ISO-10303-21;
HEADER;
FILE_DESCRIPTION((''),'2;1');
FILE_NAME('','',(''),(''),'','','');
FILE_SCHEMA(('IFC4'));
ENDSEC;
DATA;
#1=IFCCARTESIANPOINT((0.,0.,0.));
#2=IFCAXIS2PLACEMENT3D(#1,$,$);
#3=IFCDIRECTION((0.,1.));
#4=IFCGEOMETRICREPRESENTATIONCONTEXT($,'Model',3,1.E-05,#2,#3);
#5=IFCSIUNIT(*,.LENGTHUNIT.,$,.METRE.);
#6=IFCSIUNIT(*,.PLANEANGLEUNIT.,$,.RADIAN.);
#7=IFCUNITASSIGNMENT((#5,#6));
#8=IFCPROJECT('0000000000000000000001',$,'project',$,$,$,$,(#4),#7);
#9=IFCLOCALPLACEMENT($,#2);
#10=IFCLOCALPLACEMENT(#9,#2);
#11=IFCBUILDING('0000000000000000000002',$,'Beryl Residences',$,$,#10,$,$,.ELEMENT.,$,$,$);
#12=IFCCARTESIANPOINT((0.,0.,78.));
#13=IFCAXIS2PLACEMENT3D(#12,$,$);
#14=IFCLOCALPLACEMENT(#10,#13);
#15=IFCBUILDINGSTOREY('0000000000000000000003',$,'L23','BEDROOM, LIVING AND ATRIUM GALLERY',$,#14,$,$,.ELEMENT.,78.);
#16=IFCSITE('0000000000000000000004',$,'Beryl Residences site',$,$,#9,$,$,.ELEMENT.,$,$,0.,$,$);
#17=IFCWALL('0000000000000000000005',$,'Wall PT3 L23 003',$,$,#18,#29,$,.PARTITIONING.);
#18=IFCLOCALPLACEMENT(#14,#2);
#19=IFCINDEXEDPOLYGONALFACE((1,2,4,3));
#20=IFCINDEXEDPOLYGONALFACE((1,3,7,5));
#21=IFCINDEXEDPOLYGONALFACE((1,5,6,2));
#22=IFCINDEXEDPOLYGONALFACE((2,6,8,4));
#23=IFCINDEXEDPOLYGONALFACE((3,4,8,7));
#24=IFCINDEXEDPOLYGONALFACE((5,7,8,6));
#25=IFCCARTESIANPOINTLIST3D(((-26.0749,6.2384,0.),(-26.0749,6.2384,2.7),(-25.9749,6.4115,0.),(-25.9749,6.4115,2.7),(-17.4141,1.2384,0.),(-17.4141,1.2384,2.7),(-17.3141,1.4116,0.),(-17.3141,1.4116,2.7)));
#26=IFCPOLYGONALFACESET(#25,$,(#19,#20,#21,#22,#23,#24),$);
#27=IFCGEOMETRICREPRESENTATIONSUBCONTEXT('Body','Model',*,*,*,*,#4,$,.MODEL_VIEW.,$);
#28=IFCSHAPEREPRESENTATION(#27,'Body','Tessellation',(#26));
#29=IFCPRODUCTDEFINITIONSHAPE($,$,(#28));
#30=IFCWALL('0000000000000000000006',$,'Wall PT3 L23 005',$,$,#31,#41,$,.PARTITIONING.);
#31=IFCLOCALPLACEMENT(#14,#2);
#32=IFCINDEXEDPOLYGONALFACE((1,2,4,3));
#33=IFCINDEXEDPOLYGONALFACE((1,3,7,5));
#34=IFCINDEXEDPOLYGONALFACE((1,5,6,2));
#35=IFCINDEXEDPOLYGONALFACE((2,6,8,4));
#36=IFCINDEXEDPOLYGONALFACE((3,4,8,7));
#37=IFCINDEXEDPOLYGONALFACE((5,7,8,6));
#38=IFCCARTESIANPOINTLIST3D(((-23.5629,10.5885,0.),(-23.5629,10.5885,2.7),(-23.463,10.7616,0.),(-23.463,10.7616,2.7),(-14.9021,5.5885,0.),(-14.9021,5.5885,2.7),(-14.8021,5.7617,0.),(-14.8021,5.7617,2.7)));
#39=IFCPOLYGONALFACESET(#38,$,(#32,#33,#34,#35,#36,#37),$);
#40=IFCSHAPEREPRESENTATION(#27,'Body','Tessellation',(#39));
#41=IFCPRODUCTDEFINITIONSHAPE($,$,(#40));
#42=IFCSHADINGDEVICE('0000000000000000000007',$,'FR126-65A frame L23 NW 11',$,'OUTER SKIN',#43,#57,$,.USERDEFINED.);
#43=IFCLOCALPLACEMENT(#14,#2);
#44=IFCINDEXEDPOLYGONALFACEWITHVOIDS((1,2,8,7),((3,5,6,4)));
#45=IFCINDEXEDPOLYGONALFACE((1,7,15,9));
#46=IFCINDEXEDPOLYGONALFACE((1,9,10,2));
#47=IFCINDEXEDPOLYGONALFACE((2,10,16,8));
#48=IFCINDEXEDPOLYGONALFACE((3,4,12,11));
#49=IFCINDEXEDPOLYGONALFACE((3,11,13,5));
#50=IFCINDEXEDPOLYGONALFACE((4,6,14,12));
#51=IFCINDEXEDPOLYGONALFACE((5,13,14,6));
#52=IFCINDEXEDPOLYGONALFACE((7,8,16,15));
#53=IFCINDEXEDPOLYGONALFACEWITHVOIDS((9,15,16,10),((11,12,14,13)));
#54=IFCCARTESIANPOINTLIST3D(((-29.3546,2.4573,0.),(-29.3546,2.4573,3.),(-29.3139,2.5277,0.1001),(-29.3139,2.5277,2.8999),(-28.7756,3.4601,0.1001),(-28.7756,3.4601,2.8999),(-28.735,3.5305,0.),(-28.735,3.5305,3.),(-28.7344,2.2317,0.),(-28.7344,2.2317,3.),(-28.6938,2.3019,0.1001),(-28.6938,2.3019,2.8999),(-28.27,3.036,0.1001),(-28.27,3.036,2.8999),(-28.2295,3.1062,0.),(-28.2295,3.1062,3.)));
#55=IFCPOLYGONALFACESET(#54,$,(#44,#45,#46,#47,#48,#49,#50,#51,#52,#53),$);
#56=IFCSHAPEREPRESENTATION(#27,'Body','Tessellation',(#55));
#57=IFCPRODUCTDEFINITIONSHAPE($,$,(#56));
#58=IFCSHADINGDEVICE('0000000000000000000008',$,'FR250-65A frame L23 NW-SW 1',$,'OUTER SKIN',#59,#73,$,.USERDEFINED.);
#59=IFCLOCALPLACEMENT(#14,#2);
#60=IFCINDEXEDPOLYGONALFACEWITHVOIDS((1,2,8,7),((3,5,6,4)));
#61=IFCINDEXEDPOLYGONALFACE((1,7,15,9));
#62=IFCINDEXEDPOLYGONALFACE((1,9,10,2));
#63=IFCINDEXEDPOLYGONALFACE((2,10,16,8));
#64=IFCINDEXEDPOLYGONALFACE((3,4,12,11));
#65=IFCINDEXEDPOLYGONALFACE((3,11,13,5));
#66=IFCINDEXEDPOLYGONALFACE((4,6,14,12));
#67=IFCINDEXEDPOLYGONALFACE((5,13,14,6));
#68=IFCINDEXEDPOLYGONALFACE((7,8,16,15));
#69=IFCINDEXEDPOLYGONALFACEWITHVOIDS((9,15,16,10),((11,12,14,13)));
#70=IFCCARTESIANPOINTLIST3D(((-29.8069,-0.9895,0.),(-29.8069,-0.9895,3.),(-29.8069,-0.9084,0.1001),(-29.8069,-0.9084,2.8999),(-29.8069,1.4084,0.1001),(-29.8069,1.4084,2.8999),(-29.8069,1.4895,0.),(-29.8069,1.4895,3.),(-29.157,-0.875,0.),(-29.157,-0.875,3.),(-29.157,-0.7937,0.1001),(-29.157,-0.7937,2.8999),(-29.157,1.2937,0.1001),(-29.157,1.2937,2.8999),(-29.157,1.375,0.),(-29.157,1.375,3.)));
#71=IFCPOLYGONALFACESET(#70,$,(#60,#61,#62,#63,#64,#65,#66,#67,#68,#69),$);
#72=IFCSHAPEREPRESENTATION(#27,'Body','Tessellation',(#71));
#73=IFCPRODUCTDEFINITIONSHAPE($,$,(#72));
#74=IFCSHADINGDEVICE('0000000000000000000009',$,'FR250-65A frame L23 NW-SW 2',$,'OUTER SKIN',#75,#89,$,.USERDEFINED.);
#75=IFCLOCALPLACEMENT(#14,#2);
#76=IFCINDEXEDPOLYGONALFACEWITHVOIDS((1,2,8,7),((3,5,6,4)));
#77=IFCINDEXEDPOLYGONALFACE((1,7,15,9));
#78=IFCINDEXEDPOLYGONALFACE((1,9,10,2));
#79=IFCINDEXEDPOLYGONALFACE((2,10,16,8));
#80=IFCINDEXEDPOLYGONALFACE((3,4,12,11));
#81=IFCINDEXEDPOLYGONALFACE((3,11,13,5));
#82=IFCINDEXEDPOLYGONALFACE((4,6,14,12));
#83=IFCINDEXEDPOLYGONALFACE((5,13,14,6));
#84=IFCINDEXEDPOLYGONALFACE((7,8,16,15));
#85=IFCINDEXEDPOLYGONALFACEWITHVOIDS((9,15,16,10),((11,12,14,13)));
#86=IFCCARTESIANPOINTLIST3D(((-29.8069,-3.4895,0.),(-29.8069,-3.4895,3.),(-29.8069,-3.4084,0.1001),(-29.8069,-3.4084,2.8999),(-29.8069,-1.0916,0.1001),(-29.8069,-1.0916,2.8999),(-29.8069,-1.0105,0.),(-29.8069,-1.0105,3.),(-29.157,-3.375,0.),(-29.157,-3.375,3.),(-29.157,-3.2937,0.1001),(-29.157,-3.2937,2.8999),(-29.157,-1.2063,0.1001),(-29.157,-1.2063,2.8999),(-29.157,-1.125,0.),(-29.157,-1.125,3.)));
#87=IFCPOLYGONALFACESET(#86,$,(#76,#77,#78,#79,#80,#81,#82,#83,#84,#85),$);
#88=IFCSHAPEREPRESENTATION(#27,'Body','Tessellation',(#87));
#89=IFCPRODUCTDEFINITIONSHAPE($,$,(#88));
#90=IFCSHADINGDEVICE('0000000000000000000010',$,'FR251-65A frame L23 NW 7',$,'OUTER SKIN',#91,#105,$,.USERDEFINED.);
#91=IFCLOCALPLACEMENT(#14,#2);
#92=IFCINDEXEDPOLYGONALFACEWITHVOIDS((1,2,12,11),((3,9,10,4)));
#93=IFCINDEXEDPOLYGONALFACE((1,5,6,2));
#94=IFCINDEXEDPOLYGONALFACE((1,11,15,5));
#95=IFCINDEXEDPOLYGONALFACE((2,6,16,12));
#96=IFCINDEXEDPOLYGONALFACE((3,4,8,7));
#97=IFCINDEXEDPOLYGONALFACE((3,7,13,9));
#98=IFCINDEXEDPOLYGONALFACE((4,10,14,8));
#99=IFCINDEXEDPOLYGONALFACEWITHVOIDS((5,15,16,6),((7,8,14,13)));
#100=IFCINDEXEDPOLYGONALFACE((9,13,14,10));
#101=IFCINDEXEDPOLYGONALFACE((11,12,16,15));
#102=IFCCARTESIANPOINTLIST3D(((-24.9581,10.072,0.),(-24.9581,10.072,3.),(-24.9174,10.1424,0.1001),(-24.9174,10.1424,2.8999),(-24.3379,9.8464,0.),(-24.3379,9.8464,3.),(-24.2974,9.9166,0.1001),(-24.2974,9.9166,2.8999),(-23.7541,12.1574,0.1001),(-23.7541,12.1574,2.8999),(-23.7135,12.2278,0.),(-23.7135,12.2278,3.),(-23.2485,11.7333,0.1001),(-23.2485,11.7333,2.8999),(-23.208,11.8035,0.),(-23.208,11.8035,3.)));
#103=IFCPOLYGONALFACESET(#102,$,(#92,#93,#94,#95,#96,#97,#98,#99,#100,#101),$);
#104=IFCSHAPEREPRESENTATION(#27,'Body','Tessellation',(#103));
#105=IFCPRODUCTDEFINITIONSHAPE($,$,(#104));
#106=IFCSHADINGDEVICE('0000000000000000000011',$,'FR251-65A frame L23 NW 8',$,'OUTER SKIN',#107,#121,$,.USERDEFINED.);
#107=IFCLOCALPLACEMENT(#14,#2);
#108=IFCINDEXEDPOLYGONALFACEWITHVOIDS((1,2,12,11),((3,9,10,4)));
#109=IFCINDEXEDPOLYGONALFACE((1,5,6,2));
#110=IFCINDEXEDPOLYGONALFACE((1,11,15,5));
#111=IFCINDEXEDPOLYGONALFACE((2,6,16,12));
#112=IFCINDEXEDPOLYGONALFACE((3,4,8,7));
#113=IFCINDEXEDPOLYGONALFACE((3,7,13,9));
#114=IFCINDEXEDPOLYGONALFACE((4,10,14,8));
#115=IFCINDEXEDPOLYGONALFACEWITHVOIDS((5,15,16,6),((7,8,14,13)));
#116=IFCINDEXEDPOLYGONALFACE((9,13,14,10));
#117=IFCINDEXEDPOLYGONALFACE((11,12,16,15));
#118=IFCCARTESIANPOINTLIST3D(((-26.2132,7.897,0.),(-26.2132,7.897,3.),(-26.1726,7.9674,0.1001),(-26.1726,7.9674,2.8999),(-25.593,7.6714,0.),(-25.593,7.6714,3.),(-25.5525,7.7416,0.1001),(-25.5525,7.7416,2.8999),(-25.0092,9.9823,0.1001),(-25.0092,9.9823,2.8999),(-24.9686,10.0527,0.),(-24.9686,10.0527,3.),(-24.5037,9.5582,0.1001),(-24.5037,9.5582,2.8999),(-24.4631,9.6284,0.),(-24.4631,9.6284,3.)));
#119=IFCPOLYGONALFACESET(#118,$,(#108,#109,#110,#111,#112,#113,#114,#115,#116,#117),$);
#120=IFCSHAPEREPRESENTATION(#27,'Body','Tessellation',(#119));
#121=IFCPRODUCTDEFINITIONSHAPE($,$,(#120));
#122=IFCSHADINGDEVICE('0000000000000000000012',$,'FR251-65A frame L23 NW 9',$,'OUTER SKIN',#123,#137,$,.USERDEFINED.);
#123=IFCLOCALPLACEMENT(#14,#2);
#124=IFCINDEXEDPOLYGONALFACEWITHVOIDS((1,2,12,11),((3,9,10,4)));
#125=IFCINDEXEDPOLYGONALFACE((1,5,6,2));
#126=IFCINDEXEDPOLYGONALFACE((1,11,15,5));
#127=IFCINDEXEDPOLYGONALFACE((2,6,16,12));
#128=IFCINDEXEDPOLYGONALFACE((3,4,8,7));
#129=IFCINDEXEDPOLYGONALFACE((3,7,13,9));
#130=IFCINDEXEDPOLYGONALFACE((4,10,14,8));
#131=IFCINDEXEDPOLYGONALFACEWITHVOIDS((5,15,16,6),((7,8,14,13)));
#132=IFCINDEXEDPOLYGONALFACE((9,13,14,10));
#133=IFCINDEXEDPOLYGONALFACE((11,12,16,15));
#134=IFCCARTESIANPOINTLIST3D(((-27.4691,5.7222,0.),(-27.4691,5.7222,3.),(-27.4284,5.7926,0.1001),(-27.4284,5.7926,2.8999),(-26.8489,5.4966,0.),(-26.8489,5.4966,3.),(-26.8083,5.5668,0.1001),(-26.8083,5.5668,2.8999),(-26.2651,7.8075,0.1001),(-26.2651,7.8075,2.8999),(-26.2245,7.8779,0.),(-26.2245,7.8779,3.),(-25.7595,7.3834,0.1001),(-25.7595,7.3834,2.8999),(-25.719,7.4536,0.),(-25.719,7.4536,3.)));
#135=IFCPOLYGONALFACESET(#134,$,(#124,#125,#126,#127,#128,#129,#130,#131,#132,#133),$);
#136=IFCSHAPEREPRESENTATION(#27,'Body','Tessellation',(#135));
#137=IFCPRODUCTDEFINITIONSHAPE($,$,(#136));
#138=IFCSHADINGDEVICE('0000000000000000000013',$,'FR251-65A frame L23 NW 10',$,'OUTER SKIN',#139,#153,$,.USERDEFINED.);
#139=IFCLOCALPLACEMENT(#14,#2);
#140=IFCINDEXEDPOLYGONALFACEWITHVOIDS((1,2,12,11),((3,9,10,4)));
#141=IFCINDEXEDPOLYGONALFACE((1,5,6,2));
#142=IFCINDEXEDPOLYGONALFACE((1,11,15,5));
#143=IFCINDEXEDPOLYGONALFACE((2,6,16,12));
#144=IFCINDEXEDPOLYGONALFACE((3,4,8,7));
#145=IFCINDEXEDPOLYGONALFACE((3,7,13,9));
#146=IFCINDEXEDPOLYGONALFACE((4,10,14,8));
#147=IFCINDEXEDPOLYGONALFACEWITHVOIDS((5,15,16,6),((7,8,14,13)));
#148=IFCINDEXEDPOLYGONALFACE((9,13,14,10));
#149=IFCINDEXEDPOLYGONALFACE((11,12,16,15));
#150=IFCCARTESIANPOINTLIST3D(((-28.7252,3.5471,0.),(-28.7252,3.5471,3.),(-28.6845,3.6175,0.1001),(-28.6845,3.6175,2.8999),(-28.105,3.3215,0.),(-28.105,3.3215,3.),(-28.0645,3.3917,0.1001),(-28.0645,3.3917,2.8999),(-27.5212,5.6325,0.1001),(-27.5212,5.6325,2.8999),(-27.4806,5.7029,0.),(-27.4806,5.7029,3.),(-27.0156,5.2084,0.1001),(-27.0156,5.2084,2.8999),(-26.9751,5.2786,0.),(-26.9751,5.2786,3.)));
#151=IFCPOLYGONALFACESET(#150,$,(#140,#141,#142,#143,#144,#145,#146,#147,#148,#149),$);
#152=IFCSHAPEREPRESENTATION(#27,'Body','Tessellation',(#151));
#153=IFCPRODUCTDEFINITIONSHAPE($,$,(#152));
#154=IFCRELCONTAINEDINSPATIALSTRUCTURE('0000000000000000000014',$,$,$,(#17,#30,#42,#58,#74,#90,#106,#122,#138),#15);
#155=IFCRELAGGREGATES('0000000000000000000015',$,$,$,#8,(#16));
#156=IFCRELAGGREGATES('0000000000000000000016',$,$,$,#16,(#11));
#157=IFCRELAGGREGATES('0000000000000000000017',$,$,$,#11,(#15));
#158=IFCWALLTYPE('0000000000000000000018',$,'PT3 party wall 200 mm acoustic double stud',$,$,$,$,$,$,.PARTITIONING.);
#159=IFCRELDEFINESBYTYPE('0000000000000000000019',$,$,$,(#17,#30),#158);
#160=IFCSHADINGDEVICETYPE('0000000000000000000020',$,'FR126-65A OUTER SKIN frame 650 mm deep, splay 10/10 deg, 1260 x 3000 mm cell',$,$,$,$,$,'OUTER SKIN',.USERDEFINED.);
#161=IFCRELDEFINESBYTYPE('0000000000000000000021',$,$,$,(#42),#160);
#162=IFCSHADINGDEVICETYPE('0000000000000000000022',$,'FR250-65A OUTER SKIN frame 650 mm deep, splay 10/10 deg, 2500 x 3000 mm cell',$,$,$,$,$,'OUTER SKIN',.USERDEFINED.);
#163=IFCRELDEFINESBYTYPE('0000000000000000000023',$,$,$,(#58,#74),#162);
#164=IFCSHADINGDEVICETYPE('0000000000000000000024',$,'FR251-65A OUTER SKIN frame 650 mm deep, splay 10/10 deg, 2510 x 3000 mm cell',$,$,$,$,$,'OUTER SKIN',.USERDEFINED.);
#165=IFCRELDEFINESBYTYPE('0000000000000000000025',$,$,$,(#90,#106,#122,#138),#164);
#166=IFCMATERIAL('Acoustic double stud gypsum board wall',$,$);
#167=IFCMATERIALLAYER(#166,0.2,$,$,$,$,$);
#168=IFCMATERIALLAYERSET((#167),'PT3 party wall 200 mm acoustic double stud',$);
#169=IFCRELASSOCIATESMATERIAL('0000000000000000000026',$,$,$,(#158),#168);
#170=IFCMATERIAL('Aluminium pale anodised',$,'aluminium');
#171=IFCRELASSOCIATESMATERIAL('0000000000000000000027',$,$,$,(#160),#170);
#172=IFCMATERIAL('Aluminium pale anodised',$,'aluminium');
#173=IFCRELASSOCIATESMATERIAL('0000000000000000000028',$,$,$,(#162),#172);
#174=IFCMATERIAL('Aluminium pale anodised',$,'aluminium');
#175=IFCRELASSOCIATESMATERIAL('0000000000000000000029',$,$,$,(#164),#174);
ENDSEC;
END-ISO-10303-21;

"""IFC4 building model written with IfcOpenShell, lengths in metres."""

from ifc_helpers import new_model, entity, si_unit, direction, frame, frame_2d, origin, place, context, subcontext, project, spatial, rectangle, extrude, source, transform, mapped, material, layer, layer_set, type_object, type_shapes, element, save


model = new_model("IFC4")

# Units and contexts
model_context = context("Model", 3, precision=1e-05, world=origin(), true_north=direction((0.0, 1.0)))
body_context = subcontext(model_context, "Body", "Model", "MODEL_VIEW")
ifc_project = project(units=[si_unit("LENGTHUNIT", "METRE"), si_unit("PLANEANGLEUNIT", "RADIAN")], contexts=[model_context])

# Site, building, storey
site_placement = place(None, origin())
site = spatial("IfcSite", under=ifc_project, at=site_placement, Name="Beryl Residences site", CompositionType="ELEMENT", RefElevation=0.0)
building_placement = place(site_placement, origin())
building = spatial("IfcBuilding", under=site, at=building_placement, Name="Beryl Residences", CompositionType="ELEMENT")
storey_placement = place(building_placement, frame((0.0, 0.0, 78.0)))
storey = spatial("IfcBuildingStorey", under=building, at=storey_placement, Name="L23", Description="BEDROOM, LIVING AND ATRIUM GALLERY", CompositionType="ELEMENT", Elevation=78.0)

# Walls
ifc_material_1 = material(Name="Acoustic double stud gypsum board wall")
ifc_layer_1 = layer(ifc_material_1, 0.2)
ifc_layer_set_1 = layer_set([ifc_layer_1], Name="PT3 party wall 200 mm acoustic double stud")
wall_type_1 = type_object("IfcWallType", Name="PT3 party wall 200 mm acoustic double stud", PredefinedType="PARTITIONING", material=ifc_layer_set_1)
for number, where, z_axis, x_axis, name in (
    (1, (-26.0249, 6.325, 0.0), (0.0, 0.0, 1.0), (0.866041, -0.499973, 0.0), "Wall PT3 L23 003"),
    (2, (-23.5129, 10.675, 0.0), (0.0, 0.0, 1.0), (0.866041, -0.499973, 0.0), "Wall PT3 L23 005"),
):
    element("IfcWall", number, at=place(storey_placement, frame(where, z_axis=z_axis, x_axis=x_axis)), inside=storey, type_object=wall_type_1, Name=name, PredefinedType="PARTITIONING", context=body_context, shape_type="SweptSolid", body=[
        extrude(rectangle(XDim=10.0005, YDim=0.2, at=frame_2d((5.0002, 0.0))), origin(), (0.0, 0.0, 1.0), 2.7),
    ])

# Shading devices
ifc_material_2 = material(Name="Aluminium pale anodised", Category="aluminium")
shading_device_type_1 = type_object("IfcShadingDeviceType", Name="FR126-65A OUTER SKIN frame 650 mm deep, splay 10/10 deg, 1260 x 3000 mm cell", ElementType="OUTER SKIN", PredefinedType="USERDEFINED", material=ifc_material_2)
cartesian_point_1 = entity("IfcCartesianPoint", [-0.5049, 0.0])
cartesian_point_2 = entity("IfcCartesianPoint", [-0.4238, 0.1001])
cartesian_point_3 = entity("IfcCartesianPoint", [-0.6196, 0.0])
cartesian_point_4 = entity("IfcCartesianPoint", [-0.5383, 0.1001])
shared_shape_1 = source(origin(), body_context, "Body", "SweptSolid", [
    entity("IfcExtrudedAreaSolidTapered", entity("IfcArbitraryProfileDefWithVoids", "AREA", None, entity("IfcPolyline", [cartesian_point_1, entity("IfcCartesianPoint", [0.5049, 0.0]), entity("IfcCartesianPoint", [0.5049, 3.0]), entity("IfcCartesianPoint", [-0.5049, 3.0]), cartesian_point_1]), [entity("IfcPolyline", [cartesian_point_2, entity("IfcCartesianPoint", [0.4238, 0.1001]), entity("IfcCartesianPoint", [0.4238, 2.8999]), entity("IfcCartesianPoint", [-0.4238, 2.8999]), cartesian_point_2])]), entity("IfcAxis2Placement3D", entity("IfcCartesianPoint", [0.0, 0.0, 0.0]), entity("IfcDirection", [0.0, 1.0, 0.0]), entity("IfcDirection", [-1.0, 0.0, 0.0])), entity("IfcDirection", [0.0, 0.0, 1.0]), 0.6499, entity("IfcArbitraryProfileDefWithVoids", "AREA", None, entity("IfcPolyline", [cartesian_point_3, entity("IfcCartesianPoint", [0.6196, 0.0]), entity("IfcCartesianPoint", [0.6196, 3.0]), entity("IfcCartesianPoint", [-0.6196, 3.0]), cartesian_point_3]), [entity("IfcPolyline", [cartesian_point_4, entity("IfcCartesianPoint", [0.5383, 0.1001]), entity("IfcCartesianPoint", [0.5383, 2.8999]), entity("IfcCartesianPoint", [-0.5383, 2.8999]), cartesian_point_4])])),
])
type_shapes(shading_device_type_1, [shared_shape_1])
shading_device_placement = place(storey_placement, frame((-28.4819, 2.6689, 0.0), z_axis=(0.0, 0.0, 1.0), x_axis=(0.5, 0.866025, 0.0)))
element("IfcShadingDevice", 3, at=shading_device_placement, inside=storey, type_object=shading_device_type_1, Name="FR126-65A frame L23 NW 11", ObjectType="OUTER SKIN", PredefinedType="USERDEFINED", context=body_context, shape_type="MappedRepresentation", body=[
    mapped(shared_shape_1, transform((0.0, 0.0, 0.0))),
])
ifc_material_3 = material(Name="Aluminium pale anodised", Category="aluminium")
shading_device_type_2 = type_object("IfcShadingDeviceType", Name="FR250-65A OUTER SKIN frame 650 mm deep, splay 10/10 deg, 2500 x 3000 mm cell", ElementType="OUTER SKIN", PredefinedType="USERDEFINED", material=ifc_material_3)
cartesian_point_5 = entity("IfcCartesianPoint", [-1.125, 0.0])
cartesian_point_6 = entity("IfcCartesianPoint", [-1.0437, 0.1001])
cartesian_point_7 = entity("IfcCartesianPoint", [-1.2395, 0.0])
cartesian_point_8 = entity("IfcCartesianPoint", [-1.1584, 0.1001])
shared_shape_2 = source(origin(), body_context, "Body", "SweptSolid", [
    entity("IfcExtrudedAreaSolidTapered", entity("IfcArbitraryProfileDefWithVoids", "AREA", None, entity("IfcPolyline", [cartesian_point_5, entity("IfcCartesianPoint", [1.125, 0.0]), entity("IfcCartesianPoint", [1.125, 3.0]), entity("IfcCartesianPoint", [-1.125, 3.0]), cartesian_point_5]), [entity("IfcPolyline", [cartesian_point_6, entity("IfcCartesianPoint", [1.0437, 0.1001]), entity("IfcCartesianPoint", [1.0437, 2.8999]), entity("IfcCartesianPoint", [-1.0437, 2.8999]), cartesian_point_6])]), entity("IfcAxis2Placement3D", entity("IfcCartesianPoint", [0.0, 0.0, 0.0]), entity("IfcDirection", [0.0, 1.0, 0.0]), entity("IfcDirection", [-1.0, 0.0, 0.0])), entity("IfcDirection", [0.0, 0.0, 1.0]), 0.6499, entity("IfcArbitraryProfileDefWithVoids", "AREA", None, entity("IfcPolyline", [cartesian_point_7, entity("IfcCartesianPoint", [1.2395, 0.0]), entity("IfcCartesianPoint", [1.2395, 3.0]), entity("IfcCartesianPoint", [-1.2395, 3.0]), cartesian_point_7]), [entity("IfcPolyline", [cartesian_point_8, entity("IfcCartesianPoint", [1.1584, 0.1001]), entity("IfcCartesianPoint", [1.1584, 2.8999]), entity("IfcCartesianPoint", [-1.1584, 2.8999]), cartesian_point_8])])),
])
type_shapes(shading_device_type_2, [shared_shape_2])
for number, where, z_axis, x_axis, name in (
    (4, (-29.157, 0.25, 0.0), (0.0, 0.0, 1.0), (0.0, 1.0, 0.0), "FR250-65A frame L23 NW-SW 1"),
    (5, (-29.157, -2.25, 0.0), (0.0, 0.0, 1.0), (0.0, 1.0, 0.0), "FR250-65A frame L23 NW-SW 2"),
):
    element("IfcShadingDevice", number, at=place(storey_placement, frame(where, z_axis=z_axis, x_axis=x_axis)), inside=storey, type_object=shading_device_type_2, Name=name, ObjectType="OUTER SKIN", PredefinedType="USERDEFINED", context=body_context, shape_type="MappedRepresentation", body=[
        mapped(shared_shape_2, transform((0.0, 0.0, 0.0))),
    ])
ifc_material_4 = material(Name="Aluminium pale anodised", Category="aluminium")
shading_device_type_3 = type_object("IfcShadingDeviceType", Name="FR251-65A OUTER SKIN frame 650 mm deep, splay 10/10 deg, 2510 x 3000 mm cell", ElementType="OUTER SKIN", PredefinedType="USERDEFINED", material=ifc_material_4)
cartesian_point_9 = entity("IfcCartesianPoint", [-1.1299, 0.0])
cartesian_point_10 = entity("IfcCartesianPoint", [-1.0488, 0.1001])
cartesian_point_11 = entity("IfcCartesianPoint", [-1.2446, 0.0])
cartesian_point_12 = entity("IfcCartesianPoint", [-1.1633, 0.1001])
shared_shape_3 = source(origin(), body_context, "Body", "SweptSolid", [
    entity("IfcExtrudedAreaSolidTapered", entity("IfcArbitraryProfileDefWithVoids", "AREA", None, entity("IfcPolyline", [cartesian_point_9, entity("IfcCartesianPoint", [1.1299, 0.0]), entity("IfcCartesianPoint", [1.1299, 3.0]), entity("IfcCartesianPoint", [-1.1299, 3.0]), cartesian_point_9]), [entity("IfcPolyline", [cartesian_point_10, entity("IfcCartesianPoint", [1.0488, 0.1001]), entity("IfcCartesianPoint", [1.0488, 2.8999]), entity("IfcCartesianPoint", [-1.0488, 2.8999]), cartesian_point_10])]), entity("IfcAxis2Placement3D", entity("IfcCartesianPoint", [0.0, 0.0, 0.0]), entity("IfcDirection", [0.0, 1.0, 0.0]), entity("IfcDirection", [-1.0, 0.0, 0.0])), entity("IfcDirection", [0.0, 0.0, 1.0]), 0.6499, entity("IfcArbitraryProfileDefWithVoids", "AREA", None, entity("IfcPolyline", [cartesian_point_11, entity("IfcCartesianPoint", [1.2446, 0.0]), entity("IfcCartesianPoint", [1.2446, 3.0]), entity("IfcCartesianPoint", [-1.2446, 3.0]), cartesian_point_11]), [entity("IfcPolyline", [cartesian_point_12, entity("IfcCartesianPoint", [1.1633, 0.1001]), entity("IfcCartesianPoint", [1.1633, 2.8999]), entity("IfcCartesianPoint", [-1.1633, 2.8999]), cartesian_point_12])])),
])
type_shapes(shading_device_type_3, [shared_shape_3])
for number, where, z_axis, x_axis, name in (
    (6, (-23.7729, 10.825, 0.0), (0.0, 0.0, 1.0), (0.5, 0.866025, 0.0), "FR251-65A frame L23 NW 7"),
    (7, (-25.0281, 8.6499, 0.0), (0.0, 0.0, 1.0), (0.5, 0.866025, 0.0), "FR251-65A frame L23 NW 8"),
    (8, (-26.2839, 6.4751, 0.0), (0.0, 0.0, 1.0), (0.5, 0.866025, 0.0), "FR251-65A frame L23 NW 9"),
    (9, (-27.54, 4.3, 0.0), (0.0, 0.0, 1.0), (0.5, 0.866025, 0.0), "FR251-65A frame L23 NW 10"),
):
    element("IfcShadingDevice", number, at=place(storey_placement, frame(where, z_axis=z_axis, x_axis=x_axis)), inside=storey, type_object=shading_device_type_3, Name=name, ObjectType="OUTER SKIN", PredefinedType="USERDEFINED", context=body_context, shape_type="MappedRepresentation", body=[
        mapped(shared_shape_3, transform((0.0, 0.0, 0.0))),
    ])

save(model, "model.ifc")
